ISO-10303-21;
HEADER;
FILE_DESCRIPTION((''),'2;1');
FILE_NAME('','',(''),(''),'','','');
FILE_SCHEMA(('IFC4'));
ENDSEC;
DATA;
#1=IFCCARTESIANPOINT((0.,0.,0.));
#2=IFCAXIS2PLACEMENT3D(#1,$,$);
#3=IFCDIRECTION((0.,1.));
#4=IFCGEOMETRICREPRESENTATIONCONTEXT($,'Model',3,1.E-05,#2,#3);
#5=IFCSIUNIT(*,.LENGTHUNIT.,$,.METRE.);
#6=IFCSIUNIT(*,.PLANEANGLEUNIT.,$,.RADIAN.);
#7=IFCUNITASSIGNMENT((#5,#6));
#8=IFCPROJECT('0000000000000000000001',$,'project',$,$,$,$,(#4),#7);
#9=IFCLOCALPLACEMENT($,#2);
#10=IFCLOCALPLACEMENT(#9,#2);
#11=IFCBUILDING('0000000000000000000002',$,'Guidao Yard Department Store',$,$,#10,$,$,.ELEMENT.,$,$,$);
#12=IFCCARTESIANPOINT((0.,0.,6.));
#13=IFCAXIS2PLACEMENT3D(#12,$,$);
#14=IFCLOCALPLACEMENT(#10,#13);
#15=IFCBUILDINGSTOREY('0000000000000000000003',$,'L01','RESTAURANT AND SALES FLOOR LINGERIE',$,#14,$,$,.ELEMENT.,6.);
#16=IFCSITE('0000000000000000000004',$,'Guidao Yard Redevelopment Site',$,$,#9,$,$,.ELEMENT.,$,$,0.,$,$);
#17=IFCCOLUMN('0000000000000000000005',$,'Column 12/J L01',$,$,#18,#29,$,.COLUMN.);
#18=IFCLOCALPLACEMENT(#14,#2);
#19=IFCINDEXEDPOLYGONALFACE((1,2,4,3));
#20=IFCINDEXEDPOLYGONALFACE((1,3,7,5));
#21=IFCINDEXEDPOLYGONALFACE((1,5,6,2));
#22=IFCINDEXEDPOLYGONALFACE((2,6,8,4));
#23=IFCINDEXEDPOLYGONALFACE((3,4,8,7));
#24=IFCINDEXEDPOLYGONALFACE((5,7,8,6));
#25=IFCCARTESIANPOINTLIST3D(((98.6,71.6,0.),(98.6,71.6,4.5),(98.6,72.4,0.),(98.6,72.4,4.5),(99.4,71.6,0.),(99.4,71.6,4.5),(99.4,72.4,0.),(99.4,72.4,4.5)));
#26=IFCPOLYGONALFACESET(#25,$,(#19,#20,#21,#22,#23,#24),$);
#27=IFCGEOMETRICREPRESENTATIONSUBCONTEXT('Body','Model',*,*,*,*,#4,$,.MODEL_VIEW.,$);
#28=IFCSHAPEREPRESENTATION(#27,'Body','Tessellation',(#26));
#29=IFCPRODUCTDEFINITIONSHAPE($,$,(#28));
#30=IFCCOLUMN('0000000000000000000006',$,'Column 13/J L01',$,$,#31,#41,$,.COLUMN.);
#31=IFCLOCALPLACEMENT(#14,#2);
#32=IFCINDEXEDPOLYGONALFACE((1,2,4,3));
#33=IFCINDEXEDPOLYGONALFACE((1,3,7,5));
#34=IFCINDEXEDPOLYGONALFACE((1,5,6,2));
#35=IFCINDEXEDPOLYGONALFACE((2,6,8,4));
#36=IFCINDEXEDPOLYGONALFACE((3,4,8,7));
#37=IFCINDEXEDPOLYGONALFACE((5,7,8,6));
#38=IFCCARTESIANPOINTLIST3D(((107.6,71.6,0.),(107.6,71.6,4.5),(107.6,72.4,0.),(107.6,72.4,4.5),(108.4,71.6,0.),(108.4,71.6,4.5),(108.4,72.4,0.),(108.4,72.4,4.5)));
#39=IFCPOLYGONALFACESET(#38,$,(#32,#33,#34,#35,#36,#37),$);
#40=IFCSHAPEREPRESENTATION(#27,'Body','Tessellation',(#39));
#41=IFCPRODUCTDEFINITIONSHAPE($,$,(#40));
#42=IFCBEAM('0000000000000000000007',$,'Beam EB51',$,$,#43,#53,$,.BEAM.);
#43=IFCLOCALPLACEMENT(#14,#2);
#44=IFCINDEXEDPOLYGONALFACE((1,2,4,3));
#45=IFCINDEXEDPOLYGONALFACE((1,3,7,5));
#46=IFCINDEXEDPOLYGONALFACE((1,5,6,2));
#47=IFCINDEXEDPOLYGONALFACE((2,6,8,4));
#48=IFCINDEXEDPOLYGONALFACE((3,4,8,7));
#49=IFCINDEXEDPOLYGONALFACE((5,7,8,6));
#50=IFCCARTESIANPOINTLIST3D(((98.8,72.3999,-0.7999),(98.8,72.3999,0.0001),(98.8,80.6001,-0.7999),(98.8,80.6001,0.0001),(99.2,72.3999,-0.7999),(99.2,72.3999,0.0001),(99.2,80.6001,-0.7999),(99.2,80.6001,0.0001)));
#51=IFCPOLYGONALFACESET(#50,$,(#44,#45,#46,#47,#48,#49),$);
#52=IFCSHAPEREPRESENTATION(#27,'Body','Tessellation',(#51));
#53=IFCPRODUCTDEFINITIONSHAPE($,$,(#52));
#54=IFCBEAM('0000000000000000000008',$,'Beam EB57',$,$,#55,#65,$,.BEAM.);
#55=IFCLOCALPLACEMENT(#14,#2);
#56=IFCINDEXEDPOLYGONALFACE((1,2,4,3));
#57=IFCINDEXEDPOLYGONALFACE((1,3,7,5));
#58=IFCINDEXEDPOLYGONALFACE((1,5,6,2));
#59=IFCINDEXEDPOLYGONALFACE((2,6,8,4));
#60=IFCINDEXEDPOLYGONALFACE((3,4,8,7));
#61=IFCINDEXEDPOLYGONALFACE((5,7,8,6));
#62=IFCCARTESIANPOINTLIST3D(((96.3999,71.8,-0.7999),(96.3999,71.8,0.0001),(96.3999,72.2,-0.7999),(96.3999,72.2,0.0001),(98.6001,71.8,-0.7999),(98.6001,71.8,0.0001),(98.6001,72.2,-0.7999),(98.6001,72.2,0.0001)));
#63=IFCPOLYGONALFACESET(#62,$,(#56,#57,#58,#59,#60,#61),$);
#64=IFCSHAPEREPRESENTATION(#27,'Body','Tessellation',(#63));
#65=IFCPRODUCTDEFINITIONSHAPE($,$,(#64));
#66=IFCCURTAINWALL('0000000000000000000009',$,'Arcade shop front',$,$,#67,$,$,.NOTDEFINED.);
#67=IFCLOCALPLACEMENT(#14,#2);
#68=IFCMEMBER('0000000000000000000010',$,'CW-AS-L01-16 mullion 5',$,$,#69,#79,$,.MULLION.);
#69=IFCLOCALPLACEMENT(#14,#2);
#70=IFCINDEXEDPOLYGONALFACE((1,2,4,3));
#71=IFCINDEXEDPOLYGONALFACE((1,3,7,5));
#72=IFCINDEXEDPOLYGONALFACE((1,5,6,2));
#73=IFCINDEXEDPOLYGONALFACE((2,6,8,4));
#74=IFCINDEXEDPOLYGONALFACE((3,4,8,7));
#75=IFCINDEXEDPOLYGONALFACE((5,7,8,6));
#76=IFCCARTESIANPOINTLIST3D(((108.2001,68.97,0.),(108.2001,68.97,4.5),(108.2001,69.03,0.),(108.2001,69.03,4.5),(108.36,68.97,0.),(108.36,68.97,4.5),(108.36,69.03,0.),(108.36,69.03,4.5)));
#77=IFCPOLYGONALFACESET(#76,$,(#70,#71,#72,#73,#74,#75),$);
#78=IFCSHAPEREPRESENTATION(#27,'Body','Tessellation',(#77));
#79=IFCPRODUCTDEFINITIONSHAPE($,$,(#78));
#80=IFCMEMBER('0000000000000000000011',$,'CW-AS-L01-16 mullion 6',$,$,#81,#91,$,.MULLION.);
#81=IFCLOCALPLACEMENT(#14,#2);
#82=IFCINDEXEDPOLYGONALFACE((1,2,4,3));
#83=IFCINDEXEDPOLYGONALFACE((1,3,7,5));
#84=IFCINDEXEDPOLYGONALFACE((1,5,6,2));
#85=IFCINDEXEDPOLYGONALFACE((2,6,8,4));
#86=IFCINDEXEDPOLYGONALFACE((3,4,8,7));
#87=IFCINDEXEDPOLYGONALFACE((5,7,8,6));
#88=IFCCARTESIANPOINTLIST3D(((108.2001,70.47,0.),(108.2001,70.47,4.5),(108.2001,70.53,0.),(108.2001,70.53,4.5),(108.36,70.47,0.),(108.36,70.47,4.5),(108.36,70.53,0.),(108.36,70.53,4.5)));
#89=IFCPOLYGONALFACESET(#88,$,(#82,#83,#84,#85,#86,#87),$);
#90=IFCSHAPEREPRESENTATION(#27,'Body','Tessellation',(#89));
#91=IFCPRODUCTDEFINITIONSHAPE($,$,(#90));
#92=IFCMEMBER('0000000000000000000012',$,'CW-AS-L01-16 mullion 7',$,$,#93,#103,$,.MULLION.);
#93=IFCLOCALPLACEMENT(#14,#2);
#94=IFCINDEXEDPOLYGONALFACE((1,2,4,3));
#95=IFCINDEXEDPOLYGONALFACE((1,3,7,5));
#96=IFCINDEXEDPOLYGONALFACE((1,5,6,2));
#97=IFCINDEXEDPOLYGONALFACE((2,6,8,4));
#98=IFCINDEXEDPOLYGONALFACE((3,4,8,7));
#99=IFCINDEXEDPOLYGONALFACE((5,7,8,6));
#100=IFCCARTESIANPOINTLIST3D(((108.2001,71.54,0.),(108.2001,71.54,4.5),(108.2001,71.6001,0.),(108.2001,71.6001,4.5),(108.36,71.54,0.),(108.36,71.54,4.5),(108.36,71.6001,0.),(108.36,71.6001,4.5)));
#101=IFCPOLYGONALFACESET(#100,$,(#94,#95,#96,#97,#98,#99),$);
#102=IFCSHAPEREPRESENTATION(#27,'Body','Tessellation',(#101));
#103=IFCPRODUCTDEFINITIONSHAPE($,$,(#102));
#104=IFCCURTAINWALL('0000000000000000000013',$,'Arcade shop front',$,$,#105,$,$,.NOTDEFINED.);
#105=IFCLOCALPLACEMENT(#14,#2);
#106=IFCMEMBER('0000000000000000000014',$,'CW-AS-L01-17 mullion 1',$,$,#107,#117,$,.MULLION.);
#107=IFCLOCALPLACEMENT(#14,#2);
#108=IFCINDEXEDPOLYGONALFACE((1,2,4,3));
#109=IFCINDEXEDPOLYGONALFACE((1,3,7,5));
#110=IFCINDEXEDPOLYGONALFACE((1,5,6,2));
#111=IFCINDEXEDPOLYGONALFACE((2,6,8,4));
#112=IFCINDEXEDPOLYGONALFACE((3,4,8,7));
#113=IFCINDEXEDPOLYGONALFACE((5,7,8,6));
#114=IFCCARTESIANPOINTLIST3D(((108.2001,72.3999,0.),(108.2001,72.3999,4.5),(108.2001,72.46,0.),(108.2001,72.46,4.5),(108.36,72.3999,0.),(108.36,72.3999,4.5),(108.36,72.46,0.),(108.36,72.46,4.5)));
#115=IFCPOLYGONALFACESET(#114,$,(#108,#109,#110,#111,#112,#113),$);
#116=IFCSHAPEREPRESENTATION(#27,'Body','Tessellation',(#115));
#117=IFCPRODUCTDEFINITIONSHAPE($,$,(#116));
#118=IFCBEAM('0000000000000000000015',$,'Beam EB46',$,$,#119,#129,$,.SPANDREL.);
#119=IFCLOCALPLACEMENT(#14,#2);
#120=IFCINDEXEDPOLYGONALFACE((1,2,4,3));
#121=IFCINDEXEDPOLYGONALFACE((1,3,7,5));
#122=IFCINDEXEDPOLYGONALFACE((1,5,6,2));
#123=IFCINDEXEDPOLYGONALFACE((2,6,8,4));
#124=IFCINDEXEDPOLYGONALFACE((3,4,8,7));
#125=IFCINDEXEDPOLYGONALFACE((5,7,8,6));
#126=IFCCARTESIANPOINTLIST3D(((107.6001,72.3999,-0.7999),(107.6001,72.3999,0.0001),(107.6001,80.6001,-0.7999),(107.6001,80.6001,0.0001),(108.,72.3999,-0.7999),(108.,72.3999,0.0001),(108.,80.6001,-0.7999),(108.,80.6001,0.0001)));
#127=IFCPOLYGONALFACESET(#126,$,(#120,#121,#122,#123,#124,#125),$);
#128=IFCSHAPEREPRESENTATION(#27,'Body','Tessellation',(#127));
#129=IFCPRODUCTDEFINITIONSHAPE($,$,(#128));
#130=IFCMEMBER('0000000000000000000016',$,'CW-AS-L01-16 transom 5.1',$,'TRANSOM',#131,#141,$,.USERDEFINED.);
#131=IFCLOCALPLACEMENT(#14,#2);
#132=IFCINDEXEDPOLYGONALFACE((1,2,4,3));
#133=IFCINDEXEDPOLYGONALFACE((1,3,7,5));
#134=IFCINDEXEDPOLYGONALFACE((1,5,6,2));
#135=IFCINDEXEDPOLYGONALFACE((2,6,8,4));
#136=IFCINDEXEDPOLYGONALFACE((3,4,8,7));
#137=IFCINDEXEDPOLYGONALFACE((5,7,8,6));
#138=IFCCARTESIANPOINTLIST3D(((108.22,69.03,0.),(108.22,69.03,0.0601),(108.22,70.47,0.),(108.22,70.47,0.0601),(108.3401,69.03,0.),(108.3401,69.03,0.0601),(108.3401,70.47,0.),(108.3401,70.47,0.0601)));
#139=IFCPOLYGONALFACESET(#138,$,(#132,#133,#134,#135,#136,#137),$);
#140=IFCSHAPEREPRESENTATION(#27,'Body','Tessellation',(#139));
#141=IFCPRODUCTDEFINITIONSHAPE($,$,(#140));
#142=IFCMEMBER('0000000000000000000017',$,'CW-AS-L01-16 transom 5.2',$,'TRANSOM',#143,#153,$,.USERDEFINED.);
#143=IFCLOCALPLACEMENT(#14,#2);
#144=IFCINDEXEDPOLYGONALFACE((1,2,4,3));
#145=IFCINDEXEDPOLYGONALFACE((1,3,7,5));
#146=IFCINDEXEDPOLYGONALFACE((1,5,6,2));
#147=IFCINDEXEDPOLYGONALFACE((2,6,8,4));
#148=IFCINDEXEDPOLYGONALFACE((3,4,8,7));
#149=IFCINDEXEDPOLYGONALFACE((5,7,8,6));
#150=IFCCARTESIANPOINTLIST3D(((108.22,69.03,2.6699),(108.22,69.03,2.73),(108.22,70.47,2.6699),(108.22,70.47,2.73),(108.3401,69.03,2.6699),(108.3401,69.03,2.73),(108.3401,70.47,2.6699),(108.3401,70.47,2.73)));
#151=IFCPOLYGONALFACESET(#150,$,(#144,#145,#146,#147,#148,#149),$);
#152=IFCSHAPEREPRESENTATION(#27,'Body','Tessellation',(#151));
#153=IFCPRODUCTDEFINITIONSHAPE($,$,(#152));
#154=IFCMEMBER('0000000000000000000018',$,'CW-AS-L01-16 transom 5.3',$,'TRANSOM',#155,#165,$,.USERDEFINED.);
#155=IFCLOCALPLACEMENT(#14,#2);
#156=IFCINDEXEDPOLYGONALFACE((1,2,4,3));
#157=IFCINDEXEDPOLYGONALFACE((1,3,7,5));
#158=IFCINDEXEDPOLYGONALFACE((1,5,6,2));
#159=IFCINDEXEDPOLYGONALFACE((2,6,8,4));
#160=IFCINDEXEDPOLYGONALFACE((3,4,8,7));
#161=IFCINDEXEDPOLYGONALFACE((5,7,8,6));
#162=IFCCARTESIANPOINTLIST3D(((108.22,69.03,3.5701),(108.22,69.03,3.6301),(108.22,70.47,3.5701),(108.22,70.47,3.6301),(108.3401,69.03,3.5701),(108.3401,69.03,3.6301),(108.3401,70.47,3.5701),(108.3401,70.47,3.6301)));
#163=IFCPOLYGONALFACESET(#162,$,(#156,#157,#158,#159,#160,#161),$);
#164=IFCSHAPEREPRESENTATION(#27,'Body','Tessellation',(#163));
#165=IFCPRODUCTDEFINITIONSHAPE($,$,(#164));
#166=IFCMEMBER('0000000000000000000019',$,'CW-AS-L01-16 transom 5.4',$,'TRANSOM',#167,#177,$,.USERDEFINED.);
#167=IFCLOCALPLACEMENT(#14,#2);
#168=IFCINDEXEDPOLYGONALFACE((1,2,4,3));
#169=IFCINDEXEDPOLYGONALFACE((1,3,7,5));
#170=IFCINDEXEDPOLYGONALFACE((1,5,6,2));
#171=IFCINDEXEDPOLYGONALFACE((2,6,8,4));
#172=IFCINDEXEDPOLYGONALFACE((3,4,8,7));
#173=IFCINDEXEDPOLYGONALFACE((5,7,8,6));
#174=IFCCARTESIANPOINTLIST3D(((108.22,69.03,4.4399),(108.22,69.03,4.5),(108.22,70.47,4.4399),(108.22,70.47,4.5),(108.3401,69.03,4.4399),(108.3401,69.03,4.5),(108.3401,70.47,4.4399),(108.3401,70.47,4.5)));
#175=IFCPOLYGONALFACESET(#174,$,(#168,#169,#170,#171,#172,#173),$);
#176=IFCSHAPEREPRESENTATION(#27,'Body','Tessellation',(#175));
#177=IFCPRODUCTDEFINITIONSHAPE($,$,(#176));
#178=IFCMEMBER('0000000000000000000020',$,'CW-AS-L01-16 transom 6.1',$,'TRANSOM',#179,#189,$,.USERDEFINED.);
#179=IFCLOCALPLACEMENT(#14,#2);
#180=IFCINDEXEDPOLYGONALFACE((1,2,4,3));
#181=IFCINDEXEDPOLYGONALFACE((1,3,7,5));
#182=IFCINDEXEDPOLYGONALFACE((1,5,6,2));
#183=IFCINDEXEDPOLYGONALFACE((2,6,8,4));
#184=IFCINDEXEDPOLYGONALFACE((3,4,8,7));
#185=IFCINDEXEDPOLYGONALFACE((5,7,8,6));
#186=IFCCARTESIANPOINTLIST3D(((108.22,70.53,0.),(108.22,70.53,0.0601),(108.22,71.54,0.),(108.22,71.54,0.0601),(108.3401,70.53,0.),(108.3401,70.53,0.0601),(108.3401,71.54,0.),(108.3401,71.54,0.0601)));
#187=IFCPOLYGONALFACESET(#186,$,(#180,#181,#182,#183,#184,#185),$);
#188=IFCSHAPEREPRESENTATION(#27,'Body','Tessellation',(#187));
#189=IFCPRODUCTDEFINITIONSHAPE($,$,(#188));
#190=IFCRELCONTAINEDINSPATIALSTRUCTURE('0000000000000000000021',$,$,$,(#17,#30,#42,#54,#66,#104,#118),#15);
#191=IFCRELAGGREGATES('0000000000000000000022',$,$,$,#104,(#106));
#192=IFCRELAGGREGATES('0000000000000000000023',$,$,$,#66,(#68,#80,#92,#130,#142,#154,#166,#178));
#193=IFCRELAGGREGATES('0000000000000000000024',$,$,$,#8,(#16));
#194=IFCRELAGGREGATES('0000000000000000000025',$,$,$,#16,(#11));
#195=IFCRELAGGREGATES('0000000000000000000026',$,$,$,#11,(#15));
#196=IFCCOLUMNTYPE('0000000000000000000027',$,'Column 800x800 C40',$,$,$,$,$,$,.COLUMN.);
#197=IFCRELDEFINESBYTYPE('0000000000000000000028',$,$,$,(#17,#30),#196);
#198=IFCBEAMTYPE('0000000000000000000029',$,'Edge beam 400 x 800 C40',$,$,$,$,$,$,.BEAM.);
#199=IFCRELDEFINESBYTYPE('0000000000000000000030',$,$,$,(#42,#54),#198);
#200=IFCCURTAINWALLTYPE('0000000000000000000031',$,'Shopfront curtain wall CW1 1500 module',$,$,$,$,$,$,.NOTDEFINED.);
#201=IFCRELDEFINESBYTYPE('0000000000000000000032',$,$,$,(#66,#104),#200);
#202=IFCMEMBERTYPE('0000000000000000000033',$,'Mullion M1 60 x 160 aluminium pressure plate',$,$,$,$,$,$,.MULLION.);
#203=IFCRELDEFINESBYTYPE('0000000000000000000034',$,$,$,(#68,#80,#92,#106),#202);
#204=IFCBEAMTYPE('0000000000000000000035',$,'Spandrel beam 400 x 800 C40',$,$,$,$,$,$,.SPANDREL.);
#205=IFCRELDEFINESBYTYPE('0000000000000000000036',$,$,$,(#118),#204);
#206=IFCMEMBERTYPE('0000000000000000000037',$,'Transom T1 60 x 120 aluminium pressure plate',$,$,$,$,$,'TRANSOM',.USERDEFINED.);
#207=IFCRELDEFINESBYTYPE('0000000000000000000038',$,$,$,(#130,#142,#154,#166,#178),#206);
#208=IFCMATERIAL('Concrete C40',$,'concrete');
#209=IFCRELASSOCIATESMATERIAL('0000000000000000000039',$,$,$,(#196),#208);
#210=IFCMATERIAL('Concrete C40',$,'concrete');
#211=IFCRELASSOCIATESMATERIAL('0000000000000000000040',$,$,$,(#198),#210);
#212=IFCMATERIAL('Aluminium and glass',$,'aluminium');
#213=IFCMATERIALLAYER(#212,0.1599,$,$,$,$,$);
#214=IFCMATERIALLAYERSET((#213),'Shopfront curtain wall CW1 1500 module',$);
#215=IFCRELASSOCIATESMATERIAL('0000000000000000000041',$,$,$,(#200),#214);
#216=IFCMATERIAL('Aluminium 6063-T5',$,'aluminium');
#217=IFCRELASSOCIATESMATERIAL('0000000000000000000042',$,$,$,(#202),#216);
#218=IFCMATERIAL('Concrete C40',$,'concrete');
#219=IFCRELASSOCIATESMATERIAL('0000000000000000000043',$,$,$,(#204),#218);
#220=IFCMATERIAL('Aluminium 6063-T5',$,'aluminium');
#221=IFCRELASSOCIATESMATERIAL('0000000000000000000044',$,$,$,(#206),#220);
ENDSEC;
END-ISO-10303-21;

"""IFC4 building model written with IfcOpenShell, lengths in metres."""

from ifc_helpers import new_model, si_unit, direction, frame, origin, origin_2d, place, context, subcontext, project, spatial, rectangle, extrude, material, layer, layer_set, material_profile, profile_set, type_object, element, aggregate, save


model = new_model("IFC4")

# Units and contexts
model_context = context("Model", 3, precision=1e-05, world=origin(), true_north=direction((0.0, 1.0)))
body_context = subcontext(model_context, "Body", "Model", "MODEL_VIEW")
ifc_project = project(units=[si_unit("LENGTHUNIT", "METRE"), si_unit("PLANEANGLEUNIT", "RADIAN")], contexts=[model_context])

# Site, building, storey
site_placement = place(None, origin())
site = spatial("IfcSite", under=ifc_project, at=site_placement, Name="Guidao Yard Redevelopment Site", CompositionType="ELEMENT", RefElevation=0.0)
building_placement = place(site_placement, origin())
building = spatial("IfcBuilding", under=site, at=building_placement, Name="Guidao Yard Department Store", CompositionType="ELEMENT")
storey_placement = place(building_placement, frame((0.0, 0.0, 6.0)))
storey = spatial("IfcBuildingStorey", under=building, at=storey_placement, Name="L01", Description="RESTAURANT AND SALES FLOOR LINGERIE", CompositionType="ELEMENT", Elevation=6.0)

# Columns
ifc_material_1 = material(Name="Concrete C40", Category="concrete")
ifc_material_profile_1 = material_profile(ifc_material_1, rectangle(XDim=0.8, YDim=0.8, at=origin_2d()), Name="COL 800x800")
ifc_profile_set_1 = profile_set([ifc_material_profile_1], Name="Concrete C40")
column_type = type_object("IfcColumnType", Name="Column 800x800 C40", PredefinedType="COLUMN", material=ifc_profile_set_1)
for number, where, z_axis, x_axis, name in (
    (1, (99.0, 72.0, 0.0), (0.0, 0.0, 1.0), (1.0, 0.0, 0.0), "Column 12/J L01"),
    (2, (108.0, 72.0, 0.0), (0.0, 0.0, 1.0), (1.0, 0.0, 0.0), "Column 13/J L01"),
):
    element("IfcColumn", number, at=place(storey_placement, frame(where, z_axis=z_axis, x_axis=x_axis)), inside=storey, type_object=column_type, Name=name, PredefinedType="COLUMN", context=body_context, shape_type="SweptSolid", body=[
        extrude(rectangle(XDim=0.8, YDim=0.8, at=origin_2d()), origin(), (0.0, 0.0, 1.0), 4.5),
    ])

# Beams
ifc_material_2 = material(Name="Concrete C40", Category="concrete")
ifc_material_profile_2 = material_profile(ifc_material_2, rectangle(XDim=0.3999, YDim=0.8, at=origin_2d()), Name="Edge beam 400 x 800 C40")
ifc_profile_set_2 = profile_set([ifc_material_profile_2], Name="Concrete C40")
beam_type_1 = type_object("IfcBeamType", Name="Edge beam 400 x 800 C40", PredefinedType="BEAM", material=ifc_profile_set_2)
beam_1_placement = place(storey_placement, frame((99.0, 72.3999, -0.3999), z_axis=(0.0, 1.0, 0.0), x_axis=(-1.0, 0.0, 0.0)))
element("IfcBeam", 3, at=beam_1_placement, inside=storey, type_object=beam_type_1, Name="Beam EB51", PredefinedType="BEAM", context=body_context, shape_type="SweptSolid", body=[
    extrude(rectangle(XDim=0.3999, YDim=0.8, at=origin_2d()), origin(), (0.0, 0.0, 1.0), 8.2002),
])
beam_2_placement = place(storey_placement, frame((96.3999, 72.0, -0.3999), z_axis=(1.0, 0.0, 0.0), x_axis=(0.0, 1.0, 0.0)))
element("IfcBeam", 4, at=beam_2_placement, inside=storey, type_object=beam_type_1, Name="Beam EB57", PredefinedType="BEAM", context=body_context, shape_type="SweptSolid", body=[
    extrude(rectangle(XDim=0.3999, YDim=0.8, at=origin_2d()), origin(), (0.0, 0.0, 1.0), 2.2002),
])

# Curtain wall, members
ifc_material_3 = material(Name="Aluminium and glass", Category="aluminium")
ifc_layer_1 = layer(ifc_material_3, 0.1599)
ifc_layer_set_1 = layer_set([ifc_layer_1], Name="Shopfront curtain wall CW1 1500 module")
curtain_wall_type = type_object("IfcCurtainWallType", Name="Shopfront curtain wall CW1 1500 module", PredefinedType="NOTDEFINED", material=ifc_layer_set_1)
curtain_wall_1_placement = place(storey_placement, origin())
curtain_wall_1 = element("IfcCurtainWall", 5, at=curtain_wall_1_placement, inside=storey, type_object=curtain_wall_type, Name="Arcade shop front", PredefinedType="NOTDEFINED")
ifc_material_4 = material(Name="Aluminium 6063-T5", Category="aluminium")
ifc_material_profile_3 = material_profile(ifc_material_4, rectangle(XDim=0.0601, YDim=0.1599, at=origin_2d()), Name="Mullion M1 60 x 160 aluminium pressure plate")
ifc_profile_set_3 = profile_set([ifc_material_profile_3], Name="Aluminium 6063-T5")
member_type_1 = type_object("IfcMemberType", Name="Mullion M1 60 x 160 aluminium pressure plate", PredefinedType="MULLION", material=ifc_profile_set_3)
member_1_placement = place(storey_placement, frame((108.28, 69.0, 0.0), z_axis=(0.0, 0.0, 1.0), x_axis=(0.0, -1.0, 0.0)))
member_1 = element("IfcMember", 6, at=member_1_placement, type_object=member_type_1, Name="CW-AS-L01-16 mullion 5", PredefinedType="MULLION", context=body_context, shape_type="SweptSolid", body=[
    extrude(rectangle(XDim=0.0601, YDim=0.1599, at=origin_2d()), origin(), (0.0, 0.0, 1.0), 4.5),
])
member_2_placement = place(storey_placement, frame((108.28, 70.5, 0.0), z_axis=(0.0, 0.0, 1.0), x_axis=(0.0, -1.0, 0.0)))
member_2 = element("IfcMember", 7, at=member_2_placement, type_object=member_type_1, Name="CW-AS-L01-16 mullion 6", PredefinedType="MULLION", context=body_context, shape_type="SweptSolid", body=[
    extrude(rectangle(XDim=0.0601, YDim=0.1599, at=origin_2d()), origin(), (0.0, 0.0, 1.0), 4.5),
])
member_3_placement = place(storey_placement, frame((108.28, 71.5701, 0.0), z_axis=(0.0, 0.0, 1.0), x_axis=(0.0, -1.0, 0.0)))
member_3 = element("IfcMember", 8, at=member_3_placement, type_object=member_type_1, Name="CW-AS-L01-16 mullion 7", PredefinedType="MULLION", context=body_context, shape_type="SweptSolid", body=[
    extrude(rectangle(XDim=0.0601, YDim=0.1599, at=origin_2d()), origin(), (0.0, 0.0, 1.0), 4.5),
])

# Curtain wall, member
curtain_wall_2_placement = place(storey_placement, origin())
curtain_wall_2 = element("IfcCurtainWall", 9, at=curtain_wall_2_placement, inside=storey, type_object=curtain_wall_type, Name="Arcade shop front", PredefinedType="NOTDEFINED")
member_4_placement = place(storey_placement, frame((108.28, 72.4299, 0.0), z_axis=(0.0, 0.0, 1.0), x_axis=(0.0, -1.0, 0.0)))
member_4 = element("IfcMember", 10, at=member_4_placement, type_object=member_type_1, Name="CW-AS-L01-17 mullion 1", PredefinedType="MULLION", context=body_context, shape_type="SweptSolid", body=[
    extrude(rectangle(XDim=0.0601, YDim=0.1599, at=origin_2d()), origin(), (0.0, 0.0, 1.0), 4.5),
])
aggregate(curtain_wall_2, [member_4])

# Beam
ifc_material_5 = material(Name="Concrete C40", Category="concrete")
ifc_material_profile_4 = material_profile(ifc_material_5, rectangle(XDim=0.3999, YDim=0.8, at=origin_2d()), Name="Spandrel beam 400 x 800 C40")
ifc_profile_set_4 = profile_set([ifc_material_profile_4], Name="Concrete C40")
beam_type_2 = type_object("IfcBeamType", Name="Spandrel beam 400 x 800 C40", PredefinedType="SPANDREL", material=ifc_profile_set_4)
beam_3_placement = place(storey_placement, frame((107.8, 72.3999, -0.3999), z_axis=(0.0, 1.0, 0.0), x_axis=(-1.0, 0.0, 0.0)))
element("IfcBeam", 11, at=beam_3_placement, inside=storey, type_object=beam_type_2, Name="Beam EB46", PredefinedType="SPANDREL", context=body_context, shape_type="SweptSolid", body=[
    extrude(rectangle(XDim=0.3999, YDim=0.8, at=origin_2d()), origin(), (0.0, 0.0, 1.0), 8.2002),
])

# Members
ifc_material_6 = material(Name="Aluminium 6063-T5", Category="aluminium")
ifc_material_profile_5 = material_profile(ifc_material_6, rectangle(XDim=0.1201, YDim=0.0601, at=origin_2d()), Name="Transom T1 60 x 120 aluminium pressure plate")
ifc_profile_set_5 = profile_set([ifc_material_profile_5], Name="Aluminium 6063-T5")
member_type_2 = type_object("IfcMemberType", Name="Transom T1 60 x 120 aluminium pressure plate", ElementType="TRANSOM", PredefinedType="USERDEFINED", material=ifc_profile_set_5)
member_5_placement = place(storey_placement, frame((108.28, 70.47, 0.03), z_axis=(0.0, -1.0, 0.0), x_axis=(1.0, 0.0, 0.0)))
member_5 = element("IfcMember", 12, at=member_5_placement, type_object=member_type_2, Name="CW-AS-L01-16 transom 5.1", ObjectType="TRANSOM", PredefinedType="USERDEFINED", context=body_context, shape_type="SweptSolid", body=[
    extrude(rectangle(XDim=0.1201, YDim=0.0601, at=origin_2d()), origin(), (0.0, 0.0, 1.0), 1.4399),
])
member_6_placement = place(storey_placement, frame((108.28, 70.47, 2.7), z_axis=(0.0, -1.0, 0.0), x_axis=(1.0, 0.0, 0.0)))
member_6 = element("IfcMember", 13, at=member_6_placement, type_object=member_type_2, Name="CW-AS-L01-16 transom 5.2", ObjectType="TRANSOM", PredefinedType="USERDEFINED", context=body_context, shape_type="SweptSolid", body=[
    extrude(rectangle(XDim=0.1201, YDim=0.0601, at=origin_2d()), origin(), (0.0, 0.0, 1.0), 1.4399),
])
member_7_placement = place(storey_placement, frame((108.28, 70.47, 3.6001), z_axis=(0.0, -1.0, 0.0), x_axis=(1.0, 0.0, 0.0)))
member_7 = element("IfcMember", 14, at=member_7_placement, type_object=member_type_2, Name="CW-AS-L01-16 transom 5.3", ObjectType="TRANSOM", PredefinedType="USERDEFINED", context=body_context, shape_type="SweptSolid", body=[
    extrude(rectangle(XDim=0.1201, YDim=0.0601, at=origin_2d()), origin(), (0.0, 0.0, 1.0), 1.4399),
])
member_8_placement = place(storey_placement, frame((108.28, 70.47, 4.47), z_axis=(0.0, -1.0, 0.0), x_axis=(1.0, 0.0, 0.0)))
member_8 = element("IfcMember", 15, at=member_8_placement, type_object=member_type_2, Name="CW-AS-L01-16 transom 5.4", ObjectType="TRANSOM", PredefinedType="USERDEFINED", context=body_context, shape_type="SweptSolid", body=[
    extrude(rectangle(XDim=0.1201, YDim=0.0601, at=origin_2d()), origin(), (0.0, 0.0, 1.0), 1.4399),
])
member_9_placement = place(storey_placement, frame((108.28, 71.54, 0.03), z_axis=(0.0, -1.0, 0.0), x_axis=(1.0, 0.0, 0.0)))
member_9 = element("IfcMember", 16, at=member_9_placement, type_object=member_type_2, Name="CW-AS-L01-16 transom 6.1", ObjectType="TRANSOM", PredefinedType="USERDEFINED", context=body_context, shape_type="SweptSolid", body=[
    extrude(rectangle(XDim=0.1201, YDim=0.0601, at=origin_2d()), origin(), (0.0, 0.0, 1.0), 1.01),
])

aggregate(curtain_wall_1, [member_1, member_2, member_3, member_5, member_6, member_7, member_8, member_9])

save(model, "model.ifc")
